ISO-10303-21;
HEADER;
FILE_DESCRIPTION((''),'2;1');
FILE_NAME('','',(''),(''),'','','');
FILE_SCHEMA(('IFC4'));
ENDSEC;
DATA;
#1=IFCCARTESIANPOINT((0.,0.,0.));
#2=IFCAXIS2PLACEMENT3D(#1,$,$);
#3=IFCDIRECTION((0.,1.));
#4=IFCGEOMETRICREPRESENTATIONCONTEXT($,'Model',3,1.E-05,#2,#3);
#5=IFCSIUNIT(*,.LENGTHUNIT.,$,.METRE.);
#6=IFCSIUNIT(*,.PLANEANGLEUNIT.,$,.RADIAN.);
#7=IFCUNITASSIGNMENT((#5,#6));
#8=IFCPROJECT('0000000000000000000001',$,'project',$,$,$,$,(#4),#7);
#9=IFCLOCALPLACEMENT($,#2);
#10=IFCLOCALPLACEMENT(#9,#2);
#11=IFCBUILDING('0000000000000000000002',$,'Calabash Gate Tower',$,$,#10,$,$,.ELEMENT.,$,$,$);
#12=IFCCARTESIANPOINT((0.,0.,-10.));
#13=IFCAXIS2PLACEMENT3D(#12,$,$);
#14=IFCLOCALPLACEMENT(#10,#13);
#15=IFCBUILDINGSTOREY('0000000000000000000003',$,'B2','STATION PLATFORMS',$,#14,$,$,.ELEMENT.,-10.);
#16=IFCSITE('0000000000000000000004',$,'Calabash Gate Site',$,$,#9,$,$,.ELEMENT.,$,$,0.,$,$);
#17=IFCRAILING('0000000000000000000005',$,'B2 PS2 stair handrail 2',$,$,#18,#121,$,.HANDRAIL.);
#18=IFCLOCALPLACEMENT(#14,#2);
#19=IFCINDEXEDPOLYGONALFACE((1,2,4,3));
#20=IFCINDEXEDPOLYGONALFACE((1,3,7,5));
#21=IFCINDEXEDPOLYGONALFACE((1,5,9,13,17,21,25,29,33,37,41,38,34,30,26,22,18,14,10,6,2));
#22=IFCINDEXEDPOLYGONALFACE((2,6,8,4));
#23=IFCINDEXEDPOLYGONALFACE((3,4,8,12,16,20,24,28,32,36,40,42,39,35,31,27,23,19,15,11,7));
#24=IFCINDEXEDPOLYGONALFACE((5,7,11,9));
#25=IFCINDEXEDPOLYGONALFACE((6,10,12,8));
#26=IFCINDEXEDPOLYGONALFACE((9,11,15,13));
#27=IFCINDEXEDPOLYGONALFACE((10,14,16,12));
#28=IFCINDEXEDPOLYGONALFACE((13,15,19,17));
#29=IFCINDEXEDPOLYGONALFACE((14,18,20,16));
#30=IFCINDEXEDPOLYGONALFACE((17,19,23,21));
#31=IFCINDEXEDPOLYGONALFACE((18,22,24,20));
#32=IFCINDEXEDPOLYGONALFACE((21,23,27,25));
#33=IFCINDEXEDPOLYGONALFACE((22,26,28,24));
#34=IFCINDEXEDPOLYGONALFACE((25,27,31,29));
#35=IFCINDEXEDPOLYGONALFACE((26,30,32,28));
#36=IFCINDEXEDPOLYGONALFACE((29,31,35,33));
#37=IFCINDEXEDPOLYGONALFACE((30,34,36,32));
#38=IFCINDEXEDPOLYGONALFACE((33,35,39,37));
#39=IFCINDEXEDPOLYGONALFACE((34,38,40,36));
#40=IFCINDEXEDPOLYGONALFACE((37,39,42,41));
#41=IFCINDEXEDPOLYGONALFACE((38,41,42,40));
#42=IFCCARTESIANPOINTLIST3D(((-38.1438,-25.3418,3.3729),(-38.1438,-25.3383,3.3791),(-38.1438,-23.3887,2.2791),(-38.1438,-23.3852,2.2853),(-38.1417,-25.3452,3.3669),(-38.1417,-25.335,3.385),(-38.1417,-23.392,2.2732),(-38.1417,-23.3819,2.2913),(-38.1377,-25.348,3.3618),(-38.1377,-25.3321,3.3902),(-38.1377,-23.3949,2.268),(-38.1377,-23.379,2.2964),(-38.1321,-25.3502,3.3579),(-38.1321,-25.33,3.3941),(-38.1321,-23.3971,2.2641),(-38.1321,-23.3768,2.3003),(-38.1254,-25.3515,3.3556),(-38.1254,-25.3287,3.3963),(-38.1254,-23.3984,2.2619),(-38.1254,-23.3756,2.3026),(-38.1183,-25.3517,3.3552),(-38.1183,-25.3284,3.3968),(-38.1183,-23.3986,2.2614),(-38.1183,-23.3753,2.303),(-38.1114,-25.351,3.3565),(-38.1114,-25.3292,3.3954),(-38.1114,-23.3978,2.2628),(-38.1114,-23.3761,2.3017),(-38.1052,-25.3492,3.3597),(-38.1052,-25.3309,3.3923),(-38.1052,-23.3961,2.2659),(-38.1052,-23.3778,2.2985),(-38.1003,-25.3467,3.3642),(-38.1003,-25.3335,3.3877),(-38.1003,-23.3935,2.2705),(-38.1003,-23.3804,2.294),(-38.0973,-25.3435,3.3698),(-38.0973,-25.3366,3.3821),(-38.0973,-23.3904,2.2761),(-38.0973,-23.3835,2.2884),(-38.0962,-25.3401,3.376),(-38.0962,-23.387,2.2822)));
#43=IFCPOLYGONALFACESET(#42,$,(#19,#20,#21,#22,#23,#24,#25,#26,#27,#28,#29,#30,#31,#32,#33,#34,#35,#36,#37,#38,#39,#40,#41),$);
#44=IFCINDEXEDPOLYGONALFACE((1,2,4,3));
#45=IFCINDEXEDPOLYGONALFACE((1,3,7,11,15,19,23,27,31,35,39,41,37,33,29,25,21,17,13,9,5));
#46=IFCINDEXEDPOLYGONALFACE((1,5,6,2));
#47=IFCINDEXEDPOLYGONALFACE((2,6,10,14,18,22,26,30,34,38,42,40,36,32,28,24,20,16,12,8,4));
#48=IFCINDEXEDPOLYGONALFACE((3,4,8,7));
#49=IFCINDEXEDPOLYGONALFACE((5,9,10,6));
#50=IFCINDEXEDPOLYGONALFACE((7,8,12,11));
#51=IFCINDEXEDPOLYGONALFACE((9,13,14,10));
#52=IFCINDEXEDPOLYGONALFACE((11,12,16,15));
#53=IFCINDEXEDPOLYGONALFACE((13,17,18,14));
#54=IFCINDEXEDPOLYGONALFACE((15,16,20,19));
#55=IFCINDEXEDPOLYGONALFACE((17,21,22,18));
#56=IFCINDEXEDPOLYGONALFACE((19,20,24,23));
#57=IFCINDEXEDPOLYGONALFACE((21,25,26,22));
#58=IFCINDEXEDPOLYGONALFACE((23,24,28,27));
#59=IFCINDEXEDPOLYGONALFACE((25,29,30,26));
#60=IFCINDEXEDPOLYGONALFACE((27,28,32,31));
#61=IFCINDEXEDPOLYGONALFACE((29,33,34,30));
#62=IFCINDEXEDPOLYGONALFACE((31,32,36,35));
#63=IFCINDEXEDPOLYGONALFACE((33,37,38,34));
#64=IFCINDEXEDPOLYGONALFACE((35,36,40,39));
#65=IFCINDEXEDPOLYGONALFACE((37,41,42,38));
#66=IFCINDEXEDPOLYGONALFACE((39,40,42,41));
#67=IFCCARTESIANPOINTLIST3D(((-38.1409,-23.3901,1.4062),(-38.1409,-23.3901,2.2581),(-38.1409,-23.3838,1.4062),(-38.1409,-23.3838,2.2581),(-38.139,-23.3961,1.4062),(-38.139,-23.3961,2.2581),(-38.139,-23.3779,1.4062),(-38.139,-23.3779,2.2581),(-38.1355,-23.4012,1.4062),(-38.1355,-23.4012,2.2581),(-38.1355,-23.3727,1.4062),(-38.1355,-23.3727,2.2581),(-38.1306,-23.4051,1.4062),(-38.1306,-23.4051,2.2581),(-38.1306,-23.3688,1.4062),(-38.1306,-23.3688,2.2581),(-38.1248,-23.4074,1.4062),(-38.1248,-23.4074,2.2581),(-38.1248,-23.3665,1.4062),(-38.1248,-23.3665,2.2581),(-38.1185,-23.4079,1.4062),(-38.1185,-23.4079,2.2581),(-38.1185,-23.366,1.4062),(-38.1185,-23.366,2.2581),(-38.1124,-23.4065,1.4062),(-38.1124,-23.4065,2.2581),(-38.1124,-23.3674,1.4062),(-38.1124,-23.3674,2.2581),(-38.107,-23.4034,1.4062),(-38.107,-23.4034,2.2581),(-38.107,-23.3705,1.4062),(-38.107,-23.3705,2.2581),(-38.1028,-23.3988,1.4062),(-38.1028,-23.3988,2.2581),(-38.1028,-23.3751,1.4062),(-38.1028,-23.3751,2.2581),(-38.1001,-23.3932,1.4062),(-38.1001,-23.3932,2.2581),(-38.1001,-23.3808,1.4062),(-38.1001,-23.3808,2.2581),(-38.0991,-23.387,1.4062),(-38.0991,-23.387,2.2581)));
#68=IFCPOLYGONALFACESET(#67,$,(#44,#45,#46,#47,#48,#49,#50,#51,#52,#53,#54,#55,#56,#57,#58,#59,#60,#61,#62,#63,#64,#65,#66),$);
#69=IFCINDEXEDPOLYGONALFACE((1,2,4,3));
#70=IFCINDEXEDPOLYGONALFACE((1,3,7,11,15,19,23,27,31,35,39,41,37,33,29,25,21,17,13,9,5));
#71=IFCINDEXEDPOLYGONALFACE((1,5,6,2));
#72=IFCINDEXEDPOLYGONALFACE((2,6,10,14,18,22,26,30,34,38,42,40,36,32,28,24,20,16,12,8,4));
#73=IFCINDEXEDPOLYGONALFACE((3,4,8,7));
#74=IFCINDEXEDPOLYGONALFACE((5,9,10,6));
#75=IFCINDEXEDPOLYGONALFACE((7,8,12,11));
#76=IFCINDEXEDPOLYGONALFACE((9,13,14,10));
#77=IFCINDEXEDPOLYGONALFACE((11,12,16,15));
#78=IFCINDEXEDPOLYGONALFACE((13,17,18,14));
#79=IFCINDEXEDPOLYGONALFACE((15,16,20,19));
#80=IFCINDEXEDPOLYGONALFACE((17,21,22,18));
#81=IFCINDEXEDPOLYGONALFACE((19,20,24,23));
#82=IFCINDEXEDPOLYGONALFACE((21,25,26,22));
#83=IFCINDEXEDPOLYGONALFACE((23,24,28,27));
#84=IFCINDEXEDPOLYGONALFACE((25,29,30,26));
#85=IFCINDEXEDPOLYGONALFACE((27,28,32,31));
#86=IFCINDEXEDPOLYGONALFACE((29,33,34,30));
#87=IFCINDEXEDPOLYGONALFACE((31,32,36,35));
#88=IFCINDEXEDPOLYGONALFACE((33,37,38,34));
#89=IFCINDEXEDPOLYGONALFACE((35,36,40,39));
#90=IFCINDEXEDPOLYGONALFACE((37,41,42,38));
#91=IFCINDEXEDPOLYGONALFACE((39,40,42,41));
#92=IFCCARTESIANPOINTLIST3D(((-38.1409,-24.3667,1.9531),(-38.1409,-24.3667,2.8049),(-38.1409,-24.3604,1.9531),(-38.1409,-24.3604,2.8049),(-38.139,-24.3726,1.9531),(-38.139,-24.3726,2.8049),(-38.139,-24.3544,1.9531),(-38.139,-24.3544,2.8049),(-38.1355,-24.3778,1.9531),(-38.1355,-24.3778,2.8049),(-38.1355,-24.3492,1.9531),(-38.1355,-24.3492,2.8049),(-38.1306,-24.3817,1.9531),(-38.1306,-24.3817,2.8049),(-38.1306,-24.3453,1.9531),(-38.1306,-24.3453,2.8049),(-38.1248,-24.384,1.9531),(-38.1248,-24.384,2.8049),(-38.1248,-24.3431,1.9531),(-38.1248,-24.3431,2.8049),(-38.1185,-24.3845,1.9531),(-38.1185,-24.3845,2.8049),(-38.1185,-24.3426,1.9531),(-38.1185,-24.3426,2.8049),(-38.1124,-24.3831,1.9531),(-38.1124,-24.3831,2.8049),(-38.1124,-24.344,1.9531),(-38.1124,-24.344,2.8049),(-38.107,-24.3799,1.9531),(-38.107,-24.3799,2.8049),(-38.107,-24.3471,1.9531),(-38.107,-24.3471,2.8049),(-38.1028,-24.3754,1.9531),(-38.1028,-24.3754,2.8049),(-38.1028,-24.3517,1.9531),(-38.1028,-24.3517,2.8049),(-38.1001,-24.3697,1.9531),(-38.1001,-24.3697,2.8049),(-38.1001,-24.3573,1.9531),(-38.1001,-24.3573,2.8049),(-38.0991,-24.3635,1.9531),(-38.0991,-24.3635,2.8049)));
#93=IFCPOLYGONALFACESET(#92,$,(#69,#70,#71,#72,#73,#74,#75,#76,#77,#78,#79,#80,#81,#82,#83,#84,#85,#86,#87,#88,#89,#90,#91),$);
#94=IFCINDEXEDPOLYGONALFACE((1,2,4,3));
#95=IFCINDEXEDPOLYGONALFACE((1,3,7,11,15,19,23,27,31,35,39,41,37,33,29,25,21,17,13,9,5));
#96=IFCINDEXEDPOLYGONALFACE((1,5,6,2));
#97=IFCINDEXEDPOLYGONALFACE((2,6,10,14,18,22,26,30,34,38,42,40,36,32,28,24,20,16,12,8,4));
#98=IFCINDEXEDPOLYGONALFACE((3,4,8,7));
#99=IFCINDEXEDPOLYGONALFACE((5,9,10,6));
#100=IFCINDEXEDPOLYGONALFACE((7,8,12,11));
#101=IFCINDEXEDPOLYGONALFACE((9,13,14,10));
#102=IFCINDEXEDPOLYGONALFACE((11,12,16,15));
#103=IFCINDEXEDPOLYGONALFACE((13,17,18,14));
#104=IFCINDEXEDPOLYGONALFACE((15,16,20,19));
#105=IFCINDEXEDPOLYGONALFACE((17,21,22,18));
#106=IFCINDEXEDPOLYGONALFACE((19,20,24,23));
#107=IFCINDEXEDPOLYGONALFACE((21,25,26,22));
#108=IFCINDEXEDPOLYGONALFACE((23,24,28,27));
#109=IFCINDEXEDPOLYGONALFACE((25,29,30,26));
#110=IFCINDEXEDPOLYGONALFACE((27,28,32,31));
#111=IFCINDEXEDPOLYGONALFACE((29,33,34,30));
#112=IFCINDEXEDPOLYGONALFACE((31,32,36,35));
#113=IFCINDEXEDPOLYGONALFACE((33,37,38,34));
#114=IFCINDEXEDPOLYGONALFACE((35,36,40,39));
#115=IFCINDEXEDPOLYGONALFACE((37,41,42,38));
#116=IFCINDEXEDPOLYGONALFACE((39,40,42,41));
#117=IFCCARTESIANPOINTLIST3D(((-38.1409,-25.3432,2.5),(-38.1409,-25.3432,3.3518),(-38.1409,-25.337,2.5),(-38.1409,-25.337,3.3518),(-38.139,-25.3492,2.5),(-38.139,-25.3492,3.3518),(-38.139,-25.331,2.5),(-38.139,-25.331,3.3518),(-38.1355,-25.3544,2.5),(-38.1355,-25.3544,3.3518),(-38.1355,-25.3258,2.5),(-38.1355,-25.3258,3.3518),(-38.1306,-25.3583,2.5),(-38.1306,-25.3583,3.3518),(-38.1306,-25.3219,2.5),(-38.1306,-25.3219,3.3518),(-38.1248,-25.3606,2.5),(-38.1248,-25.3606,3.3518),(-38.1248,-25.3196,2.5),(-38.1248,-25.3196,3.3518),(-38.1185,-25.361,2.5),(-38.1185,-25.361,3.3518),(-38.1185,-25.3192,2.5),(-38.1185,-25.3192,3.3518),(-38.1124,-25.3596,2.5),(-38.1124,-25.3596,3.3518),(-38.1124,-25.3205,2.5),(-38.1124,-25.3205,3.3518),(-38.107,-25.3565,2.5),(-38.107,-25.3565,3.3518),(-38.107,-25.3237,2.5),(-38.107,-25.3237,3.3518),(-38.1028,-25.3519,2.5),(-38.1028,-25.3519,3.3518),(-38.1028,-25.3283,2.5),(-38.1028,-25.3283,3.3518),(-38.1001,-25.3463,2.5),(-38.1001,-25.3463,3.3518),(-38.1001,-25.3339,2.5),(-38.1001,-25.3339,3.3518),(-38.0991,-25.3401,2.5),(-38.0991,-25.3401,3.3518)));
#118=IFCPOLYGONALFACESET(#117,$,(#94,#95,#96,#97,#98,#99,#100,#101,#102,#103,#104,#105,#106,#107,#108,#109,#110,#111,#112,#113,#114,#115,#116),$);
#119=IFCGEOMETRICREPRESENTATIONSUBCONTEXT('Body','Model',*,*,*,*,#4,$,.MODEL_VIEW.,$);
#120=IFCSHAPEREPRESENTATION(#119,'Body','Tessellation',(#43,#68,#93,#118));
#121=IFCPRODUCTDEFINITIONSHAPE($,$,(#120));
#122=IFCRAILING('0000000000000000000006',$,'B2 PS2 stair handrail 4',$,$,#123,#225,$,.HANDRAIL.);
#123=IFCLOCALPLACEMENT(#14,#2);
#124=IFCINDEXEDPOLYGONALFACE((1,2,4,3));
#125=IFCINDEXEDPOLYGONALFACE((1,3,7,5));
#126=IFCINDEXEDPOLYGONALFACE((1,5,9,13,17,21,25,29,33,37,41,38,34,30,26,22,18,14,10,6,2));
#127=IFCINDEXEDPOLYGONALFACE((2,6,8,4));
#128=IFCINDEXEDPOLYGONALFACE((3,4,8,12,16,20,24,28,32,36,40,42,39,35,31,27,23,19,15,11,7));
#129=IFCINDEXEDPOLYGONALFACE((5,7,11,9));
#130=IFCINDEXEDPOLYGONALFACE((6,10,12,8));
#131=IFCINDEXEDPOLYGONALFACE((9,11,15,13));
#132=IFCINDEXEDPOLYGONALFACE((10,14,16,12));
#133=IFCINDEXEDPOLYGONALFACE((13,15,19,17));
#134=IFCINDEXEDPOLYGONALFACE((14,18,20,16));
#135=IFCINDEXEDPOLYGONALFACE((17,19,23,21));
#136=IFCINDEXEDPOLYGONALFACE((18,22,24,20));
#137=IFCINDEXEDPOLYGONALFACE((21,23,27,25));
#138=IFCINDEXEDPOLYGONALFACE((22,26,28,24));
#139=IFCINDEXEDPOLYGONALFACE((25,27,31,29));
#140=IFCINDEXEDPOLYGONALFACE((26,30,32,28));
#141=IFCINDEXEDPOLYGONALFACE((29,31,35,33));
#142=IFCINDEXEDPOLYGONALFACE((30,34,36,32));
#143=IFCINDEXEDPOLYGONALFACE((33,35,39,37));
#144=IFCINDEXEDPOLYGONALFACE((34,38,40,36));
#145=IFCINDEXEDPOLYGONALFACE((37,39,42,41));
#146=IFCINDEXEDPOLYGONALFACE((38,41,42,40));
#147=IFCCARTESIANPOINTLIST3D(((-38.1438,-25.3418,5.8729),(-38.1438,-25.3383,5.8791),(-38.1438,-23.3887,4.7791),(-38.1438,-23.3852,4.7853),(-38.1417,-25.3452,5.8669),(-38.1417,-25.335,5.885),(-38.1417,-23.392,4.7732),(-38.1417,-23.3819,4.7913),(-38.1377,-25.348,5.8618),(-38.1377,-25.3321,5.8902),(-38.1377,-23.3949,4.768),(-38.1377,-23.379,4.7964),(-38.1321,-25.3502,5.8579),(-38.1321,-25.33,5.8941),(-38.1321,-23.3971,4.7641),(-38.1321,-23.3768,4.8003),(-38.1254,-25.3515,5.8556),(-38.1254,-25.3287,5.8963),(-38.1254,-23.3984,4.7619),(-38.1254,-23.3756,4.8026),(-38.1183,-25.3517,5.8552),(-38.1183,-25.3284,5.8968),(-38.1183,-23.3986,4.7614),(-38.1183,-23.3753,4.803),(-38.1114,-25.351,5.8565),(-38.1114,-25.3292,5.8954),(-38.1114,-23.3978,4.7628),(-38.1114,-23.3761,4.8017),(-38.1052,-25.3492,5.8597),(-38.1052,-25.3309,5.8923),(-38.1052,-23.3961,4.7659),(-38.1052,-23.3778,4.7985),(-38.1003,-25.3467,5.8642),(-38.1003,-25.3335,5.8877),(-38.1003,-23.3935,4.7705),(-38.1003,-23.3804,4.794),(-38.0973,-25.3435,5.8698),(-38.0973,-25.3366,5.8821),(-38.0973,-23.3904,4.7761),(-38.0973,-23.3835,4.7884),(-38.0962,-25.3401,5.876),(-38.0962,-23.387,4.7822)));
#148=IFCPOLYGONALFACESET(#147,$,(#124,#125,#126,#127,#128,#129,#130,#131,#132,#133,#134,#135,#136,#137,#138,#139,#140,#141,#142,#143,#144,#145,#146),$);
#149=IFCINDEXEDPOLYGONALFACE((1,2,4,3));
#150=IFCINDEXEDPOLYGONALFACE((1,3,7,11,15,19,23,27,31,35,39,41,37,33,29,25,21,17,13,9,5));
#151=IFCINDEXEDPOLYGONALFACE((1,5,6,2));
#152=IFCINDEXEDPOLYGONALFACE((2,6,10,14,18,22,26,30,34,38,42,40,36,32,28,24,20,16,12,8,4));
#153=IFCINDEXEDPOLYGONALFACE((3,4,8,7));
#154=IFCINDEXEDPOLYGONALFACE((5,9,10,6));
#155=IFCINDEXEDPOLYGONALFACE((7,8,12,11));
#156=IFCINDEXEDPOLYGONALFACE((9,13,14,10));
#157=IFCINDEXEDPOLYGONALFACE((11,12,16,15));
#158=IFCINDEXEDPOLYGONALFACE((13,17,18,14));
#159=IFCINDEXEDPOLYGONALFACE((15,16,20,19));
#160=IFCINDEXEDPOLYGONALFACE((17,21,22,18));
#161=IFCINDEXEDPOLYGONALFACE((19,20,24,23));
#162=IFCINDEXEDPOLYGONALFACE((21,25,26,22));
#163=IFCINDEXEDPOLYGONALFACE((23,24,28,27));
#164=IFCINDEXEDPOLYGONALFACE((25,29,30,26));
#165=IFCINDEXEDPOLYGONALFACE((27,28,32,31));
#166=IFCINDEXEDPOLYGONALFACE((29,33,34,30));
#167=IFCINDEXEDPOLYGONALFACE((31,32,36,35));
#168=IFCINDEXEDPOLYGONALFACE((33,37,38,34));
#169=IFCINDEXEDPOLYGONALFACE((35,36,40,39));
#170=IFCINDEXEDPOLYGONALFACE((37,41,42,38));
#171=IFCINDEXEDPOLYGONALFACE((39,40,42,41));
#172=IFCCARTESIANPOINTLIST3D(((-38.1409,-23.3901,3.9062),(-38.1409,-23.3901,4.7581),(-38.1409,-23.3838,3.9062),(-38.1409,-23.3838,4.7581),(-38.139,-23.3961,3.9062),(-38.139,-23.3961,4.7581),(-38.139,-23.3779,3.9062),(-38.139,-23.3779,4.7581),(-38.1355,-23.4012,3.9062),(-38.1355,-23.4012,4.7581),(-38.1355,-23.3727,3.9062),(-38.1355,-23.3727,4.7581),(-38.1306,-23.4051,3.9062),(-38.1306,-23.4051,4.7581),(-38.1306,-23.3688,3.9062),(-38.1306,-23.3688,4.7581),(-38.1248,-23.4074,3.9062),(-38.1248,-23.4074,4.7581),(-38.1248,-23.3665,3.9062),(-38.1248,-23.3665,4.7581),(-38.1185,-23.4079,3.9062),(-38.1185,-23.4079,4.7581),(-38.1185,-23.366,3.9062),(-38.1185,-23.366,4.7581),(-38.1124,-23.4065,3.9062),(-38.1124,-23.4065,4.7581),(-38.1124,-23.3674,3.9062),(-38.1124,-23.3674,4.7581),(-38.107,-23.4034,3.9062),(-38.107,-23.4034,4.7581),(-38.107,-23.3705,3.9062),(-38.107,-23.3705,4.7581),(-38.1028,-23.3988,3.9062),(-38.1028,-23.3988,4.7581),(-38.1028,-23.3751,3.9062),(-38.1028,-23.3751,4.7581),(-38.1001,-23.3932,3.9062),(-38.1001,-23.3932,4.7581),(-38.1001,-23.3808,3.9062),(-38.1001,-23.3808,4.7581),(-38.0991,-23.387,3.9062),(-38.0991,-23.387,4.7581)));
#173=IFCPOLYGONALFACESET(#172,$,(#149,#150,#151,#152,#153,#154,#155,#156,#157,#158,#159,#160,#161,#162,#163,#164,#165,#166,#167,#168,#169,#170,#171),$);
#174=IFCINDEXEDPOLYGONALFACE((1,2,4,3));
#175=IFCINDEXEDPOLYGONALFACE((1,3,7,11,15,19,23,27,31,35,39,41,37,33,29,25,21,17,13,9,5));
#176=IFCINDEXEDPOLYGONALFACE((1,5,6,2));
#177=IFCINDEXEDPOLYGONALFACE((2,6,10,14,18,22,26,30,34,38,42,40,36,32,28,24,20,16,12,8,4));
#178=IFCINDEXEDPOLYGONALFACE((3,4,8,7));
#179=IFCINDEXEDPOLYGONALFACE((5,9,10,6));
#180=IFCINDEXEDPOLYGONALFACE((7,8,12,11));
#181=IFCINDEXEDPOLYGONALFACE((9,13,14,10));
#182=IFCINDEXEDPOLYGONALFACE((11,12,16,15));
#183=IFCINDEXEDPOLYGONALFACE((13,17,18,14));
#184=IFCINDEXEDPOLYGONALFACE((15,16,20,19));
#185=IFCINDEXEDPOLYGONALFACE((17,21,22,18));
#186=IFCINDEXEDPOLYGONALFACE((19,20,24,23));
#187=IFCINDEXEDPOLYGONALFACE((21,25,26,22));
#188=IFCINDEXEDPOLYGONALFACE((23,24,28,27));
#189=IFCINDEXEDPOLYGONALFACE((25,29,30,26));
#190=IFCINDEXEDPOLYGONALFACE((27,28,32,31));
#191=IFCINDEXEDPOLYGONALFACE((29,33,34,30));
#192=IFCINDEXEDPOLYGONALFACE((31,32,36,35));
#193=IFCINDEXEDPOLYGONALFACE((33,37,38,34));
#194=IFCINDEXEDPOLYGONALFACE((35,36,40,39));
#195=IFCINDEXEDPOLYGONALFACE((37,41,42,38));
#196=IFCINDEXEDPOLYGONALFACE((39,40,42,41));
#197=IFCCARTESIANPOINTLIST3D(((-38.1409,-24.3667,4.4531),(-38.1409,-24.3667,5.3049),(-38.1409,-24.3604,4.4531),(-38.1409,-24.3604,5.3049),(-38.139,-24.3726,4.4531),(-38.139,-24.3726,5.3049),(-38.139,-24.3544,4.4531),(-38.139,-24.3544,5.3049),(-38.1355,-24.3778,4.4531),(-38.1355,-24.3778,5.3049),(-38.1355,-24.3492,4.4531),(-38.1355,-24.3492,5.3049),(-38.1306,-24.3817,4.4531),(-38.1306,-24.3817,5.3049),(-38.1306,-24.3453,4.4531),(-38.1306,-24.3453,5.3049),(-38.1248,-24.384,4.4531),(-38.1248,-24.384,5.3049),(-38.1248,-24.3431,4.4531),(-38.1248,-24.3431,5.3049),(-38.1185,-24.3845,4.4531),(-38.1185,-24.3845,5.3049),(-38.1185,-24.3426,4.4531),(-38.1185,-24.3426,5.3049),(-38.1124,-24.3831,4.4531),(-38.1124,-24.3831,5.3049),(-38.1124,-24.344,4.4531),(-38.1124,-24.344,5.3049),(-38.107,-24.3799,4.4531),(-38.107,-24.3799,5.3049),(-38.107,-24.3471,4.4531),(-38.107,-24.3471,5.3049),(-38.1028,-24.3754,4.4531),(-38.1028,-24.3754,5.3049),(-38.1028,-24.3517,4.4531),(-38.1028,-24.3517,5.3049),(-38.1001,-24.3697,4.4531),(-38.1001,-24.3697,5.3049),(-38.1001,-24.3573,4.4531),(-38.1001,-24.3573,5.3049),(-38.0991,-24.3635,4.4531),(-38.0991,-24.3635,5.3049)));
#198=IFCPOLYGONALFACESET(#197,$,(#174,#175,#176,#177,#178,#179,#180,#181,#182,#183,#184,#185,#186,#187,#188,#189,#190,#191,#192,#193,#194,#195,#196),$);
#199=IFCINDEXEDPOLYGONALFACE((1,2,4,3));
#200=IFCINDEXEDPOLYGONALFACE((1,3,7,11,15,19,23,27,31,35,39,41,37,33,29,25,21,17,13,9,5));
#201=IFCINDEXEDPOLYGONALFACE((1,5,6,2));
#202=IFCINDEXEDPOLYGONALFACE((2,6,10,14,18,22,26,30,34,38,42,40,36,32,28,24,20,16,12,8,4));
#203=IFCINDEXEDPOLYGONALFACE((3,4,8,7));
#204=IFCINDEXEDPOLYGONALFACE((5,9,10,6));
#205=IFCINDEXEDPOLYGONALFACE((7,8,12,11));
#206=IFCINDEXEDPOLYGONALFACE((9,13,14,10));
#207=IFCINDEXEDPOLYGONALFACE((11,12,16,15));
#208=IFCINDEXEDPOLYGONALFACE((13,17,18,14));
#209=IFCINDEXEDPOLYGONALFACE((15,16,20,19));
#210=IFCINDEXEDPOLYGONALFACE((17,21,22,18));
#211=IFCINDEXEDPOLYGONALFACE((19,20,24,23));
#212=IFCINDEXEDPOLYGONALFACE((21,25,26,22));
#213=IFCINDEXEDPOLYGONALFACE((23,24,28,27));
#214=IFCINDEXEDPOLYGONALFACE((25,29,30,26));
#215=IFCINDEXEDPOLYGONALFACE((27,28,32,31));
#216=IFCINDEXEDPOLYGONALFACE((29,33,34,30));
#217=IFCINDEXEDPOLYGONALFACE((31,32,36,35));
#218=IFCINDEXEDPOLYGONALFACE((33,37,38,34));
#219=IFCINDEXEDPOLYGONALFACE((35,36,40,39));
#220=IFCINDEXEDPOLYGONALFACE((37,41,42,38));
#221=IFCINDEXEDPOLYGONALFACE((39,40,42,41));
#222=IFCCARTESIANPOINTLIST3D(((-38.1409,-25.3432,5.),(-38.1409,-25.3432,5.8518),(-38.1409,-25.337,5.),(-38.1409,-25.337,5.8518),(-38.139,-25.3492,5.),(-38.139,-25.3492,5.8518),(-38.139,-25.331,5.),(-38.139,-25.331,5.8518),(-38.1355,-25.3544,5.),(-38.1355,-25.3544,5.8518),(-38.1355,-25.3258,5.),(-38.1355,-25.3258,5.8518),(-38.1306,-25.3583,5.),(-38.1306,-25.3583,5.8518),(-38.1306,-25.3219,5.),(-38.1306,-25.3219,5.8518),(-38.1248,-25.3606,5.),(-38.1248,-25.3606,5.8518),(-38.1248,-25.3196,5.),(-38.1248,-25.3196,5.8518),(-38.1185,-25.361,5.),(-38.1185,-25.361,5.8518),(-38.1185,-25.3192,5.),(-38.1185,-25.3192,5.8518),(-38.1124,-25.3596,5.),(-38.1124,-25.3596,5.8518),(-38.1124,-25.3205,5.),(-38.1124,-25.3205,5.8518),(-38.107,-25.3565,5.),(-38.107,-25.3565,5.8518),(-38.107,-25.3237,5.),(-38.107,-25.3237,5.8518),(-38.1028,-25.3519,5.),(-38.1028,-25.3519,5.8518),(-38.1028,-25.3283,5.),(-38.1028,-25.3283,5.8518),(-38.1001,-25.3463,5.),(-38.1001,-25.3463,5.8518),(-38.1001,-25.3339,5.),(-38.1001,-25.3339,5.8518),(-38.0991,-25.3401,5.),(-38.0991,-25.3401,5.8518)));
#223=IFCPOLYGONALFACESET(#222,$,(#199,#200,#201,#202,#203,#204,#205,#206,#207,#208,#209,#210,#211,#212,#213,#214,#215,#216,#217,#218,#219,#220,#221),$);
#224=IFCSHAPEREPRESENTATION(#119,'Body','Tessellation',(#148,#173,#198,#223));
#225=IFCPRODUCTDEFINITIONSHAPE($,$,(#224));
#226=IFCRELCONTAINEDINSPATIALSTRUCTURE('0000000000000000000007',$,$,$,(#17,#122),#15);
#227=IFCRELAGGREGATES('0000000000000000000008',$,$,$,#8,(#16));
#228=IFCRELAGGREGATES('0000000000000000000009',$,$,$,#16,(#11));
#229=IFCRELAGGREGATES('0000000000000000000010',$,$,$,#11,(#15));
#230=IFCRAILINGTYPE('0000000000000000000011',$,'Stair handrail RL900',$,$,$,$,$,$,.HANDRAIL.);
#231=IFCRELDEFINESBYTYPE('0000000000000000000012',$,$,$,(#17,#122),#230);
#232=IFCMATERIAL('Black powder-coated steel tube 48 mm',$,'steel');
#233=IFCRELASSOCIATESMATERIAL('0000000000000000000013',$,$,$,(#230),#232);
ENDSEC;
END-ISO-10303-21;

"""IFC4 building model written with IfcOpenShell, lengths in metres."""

from ifc_helpers import new_model, si_unit, direction, frame, origin, origin_2d, place, context, subcontext, project, spatial, circle, extrude, material, type_object, element, save


model = new_model("IFC4")

# Units and contexts
model_context = context("Model", 3, precision=1e-05, world=origin(), true_north=direction((0.0, 1.0)))
body_context = subcontext(model_context, "Body", "Model", "MODEL_VIEW")
ifc_project = project(units=[si_unit("LENGTHUNIT", "METRE"), si_unit("PLANEANGLEUNIT", "RADIAN")], contexts=[model_context])

# Site, building, storey
site_placement = place(None, origin())
site = spatial("IfcSite", under=ifc_project, at=site_placement, Name="Calabash Gate Site", CompositionType="ELEMENT", RefElevation=0.0)
building_placement = place(site_placement, origin())
building = spatial("IfcBuilding", under=site, at=building_placement, Name="Calabash Gate Tower", CompositionType="ELEMENT")
storey_placement = place(building_placement, frame((0.0, 0.0, -10.0)))
storey = spatial("IfcBuildingStorey", under=building, at=storey_placement, Name="B2", Description="STATION PLATFORMS", CompositionType="ELEMENT", Elevation=-10.0)

# Railings
ifc_material_1 = material(Name="Black powder-coated steel tube 48 mm", Category="steel")
railing_type_1 = type_object("IfcRailingType", Name="Stair handrail RL900", PredefinedType="HANDRAIL", material=ifc_material_1)
for number, where, name in (
    (1, (-38.1201, -23.387, 1.4062), "B2 PS2 stair handrail 2"),
    (2, (-38.1201, -23.387, 3.9062), "B2 PS2 stair handrail 4"),
):
    element("IfcRailing", number, at=place(storey_placement, frame(where)), inside=storey, type_object=railing_type_1, Name=name, PredefinedType="HANDRAIL", context=body_context, shape_type="SweptSolid", body=[
        extrude(circle(Radius=0.0239, at=origin_2d()), frame((0.0, 0.0, 0.876), z_axis=(0.0, -0.872506, 0.488603), x_axis=(1.0, 0.0, 0.0)), (0.0, 0.0, 1.0), 2.2385),
        extrude(circle(Radius=0.021, at=origin_2d()), origin(), (0.0, 0.0, 1.0), 0.8518),
        extrude(circle(Radius=0.021, at=origin_2d()), frame((0.0, -0.9766, 0.5469)), (0.0, 0.0, 1.0), 0.8518),
        extrude(circle(Radius=0.021, at=origin_2d()), frame((0.0, -1.9531, 1.0938)), (0.0, 0.0, 1.0), 0.8518),
    ])

save(model, "model.ifc")
